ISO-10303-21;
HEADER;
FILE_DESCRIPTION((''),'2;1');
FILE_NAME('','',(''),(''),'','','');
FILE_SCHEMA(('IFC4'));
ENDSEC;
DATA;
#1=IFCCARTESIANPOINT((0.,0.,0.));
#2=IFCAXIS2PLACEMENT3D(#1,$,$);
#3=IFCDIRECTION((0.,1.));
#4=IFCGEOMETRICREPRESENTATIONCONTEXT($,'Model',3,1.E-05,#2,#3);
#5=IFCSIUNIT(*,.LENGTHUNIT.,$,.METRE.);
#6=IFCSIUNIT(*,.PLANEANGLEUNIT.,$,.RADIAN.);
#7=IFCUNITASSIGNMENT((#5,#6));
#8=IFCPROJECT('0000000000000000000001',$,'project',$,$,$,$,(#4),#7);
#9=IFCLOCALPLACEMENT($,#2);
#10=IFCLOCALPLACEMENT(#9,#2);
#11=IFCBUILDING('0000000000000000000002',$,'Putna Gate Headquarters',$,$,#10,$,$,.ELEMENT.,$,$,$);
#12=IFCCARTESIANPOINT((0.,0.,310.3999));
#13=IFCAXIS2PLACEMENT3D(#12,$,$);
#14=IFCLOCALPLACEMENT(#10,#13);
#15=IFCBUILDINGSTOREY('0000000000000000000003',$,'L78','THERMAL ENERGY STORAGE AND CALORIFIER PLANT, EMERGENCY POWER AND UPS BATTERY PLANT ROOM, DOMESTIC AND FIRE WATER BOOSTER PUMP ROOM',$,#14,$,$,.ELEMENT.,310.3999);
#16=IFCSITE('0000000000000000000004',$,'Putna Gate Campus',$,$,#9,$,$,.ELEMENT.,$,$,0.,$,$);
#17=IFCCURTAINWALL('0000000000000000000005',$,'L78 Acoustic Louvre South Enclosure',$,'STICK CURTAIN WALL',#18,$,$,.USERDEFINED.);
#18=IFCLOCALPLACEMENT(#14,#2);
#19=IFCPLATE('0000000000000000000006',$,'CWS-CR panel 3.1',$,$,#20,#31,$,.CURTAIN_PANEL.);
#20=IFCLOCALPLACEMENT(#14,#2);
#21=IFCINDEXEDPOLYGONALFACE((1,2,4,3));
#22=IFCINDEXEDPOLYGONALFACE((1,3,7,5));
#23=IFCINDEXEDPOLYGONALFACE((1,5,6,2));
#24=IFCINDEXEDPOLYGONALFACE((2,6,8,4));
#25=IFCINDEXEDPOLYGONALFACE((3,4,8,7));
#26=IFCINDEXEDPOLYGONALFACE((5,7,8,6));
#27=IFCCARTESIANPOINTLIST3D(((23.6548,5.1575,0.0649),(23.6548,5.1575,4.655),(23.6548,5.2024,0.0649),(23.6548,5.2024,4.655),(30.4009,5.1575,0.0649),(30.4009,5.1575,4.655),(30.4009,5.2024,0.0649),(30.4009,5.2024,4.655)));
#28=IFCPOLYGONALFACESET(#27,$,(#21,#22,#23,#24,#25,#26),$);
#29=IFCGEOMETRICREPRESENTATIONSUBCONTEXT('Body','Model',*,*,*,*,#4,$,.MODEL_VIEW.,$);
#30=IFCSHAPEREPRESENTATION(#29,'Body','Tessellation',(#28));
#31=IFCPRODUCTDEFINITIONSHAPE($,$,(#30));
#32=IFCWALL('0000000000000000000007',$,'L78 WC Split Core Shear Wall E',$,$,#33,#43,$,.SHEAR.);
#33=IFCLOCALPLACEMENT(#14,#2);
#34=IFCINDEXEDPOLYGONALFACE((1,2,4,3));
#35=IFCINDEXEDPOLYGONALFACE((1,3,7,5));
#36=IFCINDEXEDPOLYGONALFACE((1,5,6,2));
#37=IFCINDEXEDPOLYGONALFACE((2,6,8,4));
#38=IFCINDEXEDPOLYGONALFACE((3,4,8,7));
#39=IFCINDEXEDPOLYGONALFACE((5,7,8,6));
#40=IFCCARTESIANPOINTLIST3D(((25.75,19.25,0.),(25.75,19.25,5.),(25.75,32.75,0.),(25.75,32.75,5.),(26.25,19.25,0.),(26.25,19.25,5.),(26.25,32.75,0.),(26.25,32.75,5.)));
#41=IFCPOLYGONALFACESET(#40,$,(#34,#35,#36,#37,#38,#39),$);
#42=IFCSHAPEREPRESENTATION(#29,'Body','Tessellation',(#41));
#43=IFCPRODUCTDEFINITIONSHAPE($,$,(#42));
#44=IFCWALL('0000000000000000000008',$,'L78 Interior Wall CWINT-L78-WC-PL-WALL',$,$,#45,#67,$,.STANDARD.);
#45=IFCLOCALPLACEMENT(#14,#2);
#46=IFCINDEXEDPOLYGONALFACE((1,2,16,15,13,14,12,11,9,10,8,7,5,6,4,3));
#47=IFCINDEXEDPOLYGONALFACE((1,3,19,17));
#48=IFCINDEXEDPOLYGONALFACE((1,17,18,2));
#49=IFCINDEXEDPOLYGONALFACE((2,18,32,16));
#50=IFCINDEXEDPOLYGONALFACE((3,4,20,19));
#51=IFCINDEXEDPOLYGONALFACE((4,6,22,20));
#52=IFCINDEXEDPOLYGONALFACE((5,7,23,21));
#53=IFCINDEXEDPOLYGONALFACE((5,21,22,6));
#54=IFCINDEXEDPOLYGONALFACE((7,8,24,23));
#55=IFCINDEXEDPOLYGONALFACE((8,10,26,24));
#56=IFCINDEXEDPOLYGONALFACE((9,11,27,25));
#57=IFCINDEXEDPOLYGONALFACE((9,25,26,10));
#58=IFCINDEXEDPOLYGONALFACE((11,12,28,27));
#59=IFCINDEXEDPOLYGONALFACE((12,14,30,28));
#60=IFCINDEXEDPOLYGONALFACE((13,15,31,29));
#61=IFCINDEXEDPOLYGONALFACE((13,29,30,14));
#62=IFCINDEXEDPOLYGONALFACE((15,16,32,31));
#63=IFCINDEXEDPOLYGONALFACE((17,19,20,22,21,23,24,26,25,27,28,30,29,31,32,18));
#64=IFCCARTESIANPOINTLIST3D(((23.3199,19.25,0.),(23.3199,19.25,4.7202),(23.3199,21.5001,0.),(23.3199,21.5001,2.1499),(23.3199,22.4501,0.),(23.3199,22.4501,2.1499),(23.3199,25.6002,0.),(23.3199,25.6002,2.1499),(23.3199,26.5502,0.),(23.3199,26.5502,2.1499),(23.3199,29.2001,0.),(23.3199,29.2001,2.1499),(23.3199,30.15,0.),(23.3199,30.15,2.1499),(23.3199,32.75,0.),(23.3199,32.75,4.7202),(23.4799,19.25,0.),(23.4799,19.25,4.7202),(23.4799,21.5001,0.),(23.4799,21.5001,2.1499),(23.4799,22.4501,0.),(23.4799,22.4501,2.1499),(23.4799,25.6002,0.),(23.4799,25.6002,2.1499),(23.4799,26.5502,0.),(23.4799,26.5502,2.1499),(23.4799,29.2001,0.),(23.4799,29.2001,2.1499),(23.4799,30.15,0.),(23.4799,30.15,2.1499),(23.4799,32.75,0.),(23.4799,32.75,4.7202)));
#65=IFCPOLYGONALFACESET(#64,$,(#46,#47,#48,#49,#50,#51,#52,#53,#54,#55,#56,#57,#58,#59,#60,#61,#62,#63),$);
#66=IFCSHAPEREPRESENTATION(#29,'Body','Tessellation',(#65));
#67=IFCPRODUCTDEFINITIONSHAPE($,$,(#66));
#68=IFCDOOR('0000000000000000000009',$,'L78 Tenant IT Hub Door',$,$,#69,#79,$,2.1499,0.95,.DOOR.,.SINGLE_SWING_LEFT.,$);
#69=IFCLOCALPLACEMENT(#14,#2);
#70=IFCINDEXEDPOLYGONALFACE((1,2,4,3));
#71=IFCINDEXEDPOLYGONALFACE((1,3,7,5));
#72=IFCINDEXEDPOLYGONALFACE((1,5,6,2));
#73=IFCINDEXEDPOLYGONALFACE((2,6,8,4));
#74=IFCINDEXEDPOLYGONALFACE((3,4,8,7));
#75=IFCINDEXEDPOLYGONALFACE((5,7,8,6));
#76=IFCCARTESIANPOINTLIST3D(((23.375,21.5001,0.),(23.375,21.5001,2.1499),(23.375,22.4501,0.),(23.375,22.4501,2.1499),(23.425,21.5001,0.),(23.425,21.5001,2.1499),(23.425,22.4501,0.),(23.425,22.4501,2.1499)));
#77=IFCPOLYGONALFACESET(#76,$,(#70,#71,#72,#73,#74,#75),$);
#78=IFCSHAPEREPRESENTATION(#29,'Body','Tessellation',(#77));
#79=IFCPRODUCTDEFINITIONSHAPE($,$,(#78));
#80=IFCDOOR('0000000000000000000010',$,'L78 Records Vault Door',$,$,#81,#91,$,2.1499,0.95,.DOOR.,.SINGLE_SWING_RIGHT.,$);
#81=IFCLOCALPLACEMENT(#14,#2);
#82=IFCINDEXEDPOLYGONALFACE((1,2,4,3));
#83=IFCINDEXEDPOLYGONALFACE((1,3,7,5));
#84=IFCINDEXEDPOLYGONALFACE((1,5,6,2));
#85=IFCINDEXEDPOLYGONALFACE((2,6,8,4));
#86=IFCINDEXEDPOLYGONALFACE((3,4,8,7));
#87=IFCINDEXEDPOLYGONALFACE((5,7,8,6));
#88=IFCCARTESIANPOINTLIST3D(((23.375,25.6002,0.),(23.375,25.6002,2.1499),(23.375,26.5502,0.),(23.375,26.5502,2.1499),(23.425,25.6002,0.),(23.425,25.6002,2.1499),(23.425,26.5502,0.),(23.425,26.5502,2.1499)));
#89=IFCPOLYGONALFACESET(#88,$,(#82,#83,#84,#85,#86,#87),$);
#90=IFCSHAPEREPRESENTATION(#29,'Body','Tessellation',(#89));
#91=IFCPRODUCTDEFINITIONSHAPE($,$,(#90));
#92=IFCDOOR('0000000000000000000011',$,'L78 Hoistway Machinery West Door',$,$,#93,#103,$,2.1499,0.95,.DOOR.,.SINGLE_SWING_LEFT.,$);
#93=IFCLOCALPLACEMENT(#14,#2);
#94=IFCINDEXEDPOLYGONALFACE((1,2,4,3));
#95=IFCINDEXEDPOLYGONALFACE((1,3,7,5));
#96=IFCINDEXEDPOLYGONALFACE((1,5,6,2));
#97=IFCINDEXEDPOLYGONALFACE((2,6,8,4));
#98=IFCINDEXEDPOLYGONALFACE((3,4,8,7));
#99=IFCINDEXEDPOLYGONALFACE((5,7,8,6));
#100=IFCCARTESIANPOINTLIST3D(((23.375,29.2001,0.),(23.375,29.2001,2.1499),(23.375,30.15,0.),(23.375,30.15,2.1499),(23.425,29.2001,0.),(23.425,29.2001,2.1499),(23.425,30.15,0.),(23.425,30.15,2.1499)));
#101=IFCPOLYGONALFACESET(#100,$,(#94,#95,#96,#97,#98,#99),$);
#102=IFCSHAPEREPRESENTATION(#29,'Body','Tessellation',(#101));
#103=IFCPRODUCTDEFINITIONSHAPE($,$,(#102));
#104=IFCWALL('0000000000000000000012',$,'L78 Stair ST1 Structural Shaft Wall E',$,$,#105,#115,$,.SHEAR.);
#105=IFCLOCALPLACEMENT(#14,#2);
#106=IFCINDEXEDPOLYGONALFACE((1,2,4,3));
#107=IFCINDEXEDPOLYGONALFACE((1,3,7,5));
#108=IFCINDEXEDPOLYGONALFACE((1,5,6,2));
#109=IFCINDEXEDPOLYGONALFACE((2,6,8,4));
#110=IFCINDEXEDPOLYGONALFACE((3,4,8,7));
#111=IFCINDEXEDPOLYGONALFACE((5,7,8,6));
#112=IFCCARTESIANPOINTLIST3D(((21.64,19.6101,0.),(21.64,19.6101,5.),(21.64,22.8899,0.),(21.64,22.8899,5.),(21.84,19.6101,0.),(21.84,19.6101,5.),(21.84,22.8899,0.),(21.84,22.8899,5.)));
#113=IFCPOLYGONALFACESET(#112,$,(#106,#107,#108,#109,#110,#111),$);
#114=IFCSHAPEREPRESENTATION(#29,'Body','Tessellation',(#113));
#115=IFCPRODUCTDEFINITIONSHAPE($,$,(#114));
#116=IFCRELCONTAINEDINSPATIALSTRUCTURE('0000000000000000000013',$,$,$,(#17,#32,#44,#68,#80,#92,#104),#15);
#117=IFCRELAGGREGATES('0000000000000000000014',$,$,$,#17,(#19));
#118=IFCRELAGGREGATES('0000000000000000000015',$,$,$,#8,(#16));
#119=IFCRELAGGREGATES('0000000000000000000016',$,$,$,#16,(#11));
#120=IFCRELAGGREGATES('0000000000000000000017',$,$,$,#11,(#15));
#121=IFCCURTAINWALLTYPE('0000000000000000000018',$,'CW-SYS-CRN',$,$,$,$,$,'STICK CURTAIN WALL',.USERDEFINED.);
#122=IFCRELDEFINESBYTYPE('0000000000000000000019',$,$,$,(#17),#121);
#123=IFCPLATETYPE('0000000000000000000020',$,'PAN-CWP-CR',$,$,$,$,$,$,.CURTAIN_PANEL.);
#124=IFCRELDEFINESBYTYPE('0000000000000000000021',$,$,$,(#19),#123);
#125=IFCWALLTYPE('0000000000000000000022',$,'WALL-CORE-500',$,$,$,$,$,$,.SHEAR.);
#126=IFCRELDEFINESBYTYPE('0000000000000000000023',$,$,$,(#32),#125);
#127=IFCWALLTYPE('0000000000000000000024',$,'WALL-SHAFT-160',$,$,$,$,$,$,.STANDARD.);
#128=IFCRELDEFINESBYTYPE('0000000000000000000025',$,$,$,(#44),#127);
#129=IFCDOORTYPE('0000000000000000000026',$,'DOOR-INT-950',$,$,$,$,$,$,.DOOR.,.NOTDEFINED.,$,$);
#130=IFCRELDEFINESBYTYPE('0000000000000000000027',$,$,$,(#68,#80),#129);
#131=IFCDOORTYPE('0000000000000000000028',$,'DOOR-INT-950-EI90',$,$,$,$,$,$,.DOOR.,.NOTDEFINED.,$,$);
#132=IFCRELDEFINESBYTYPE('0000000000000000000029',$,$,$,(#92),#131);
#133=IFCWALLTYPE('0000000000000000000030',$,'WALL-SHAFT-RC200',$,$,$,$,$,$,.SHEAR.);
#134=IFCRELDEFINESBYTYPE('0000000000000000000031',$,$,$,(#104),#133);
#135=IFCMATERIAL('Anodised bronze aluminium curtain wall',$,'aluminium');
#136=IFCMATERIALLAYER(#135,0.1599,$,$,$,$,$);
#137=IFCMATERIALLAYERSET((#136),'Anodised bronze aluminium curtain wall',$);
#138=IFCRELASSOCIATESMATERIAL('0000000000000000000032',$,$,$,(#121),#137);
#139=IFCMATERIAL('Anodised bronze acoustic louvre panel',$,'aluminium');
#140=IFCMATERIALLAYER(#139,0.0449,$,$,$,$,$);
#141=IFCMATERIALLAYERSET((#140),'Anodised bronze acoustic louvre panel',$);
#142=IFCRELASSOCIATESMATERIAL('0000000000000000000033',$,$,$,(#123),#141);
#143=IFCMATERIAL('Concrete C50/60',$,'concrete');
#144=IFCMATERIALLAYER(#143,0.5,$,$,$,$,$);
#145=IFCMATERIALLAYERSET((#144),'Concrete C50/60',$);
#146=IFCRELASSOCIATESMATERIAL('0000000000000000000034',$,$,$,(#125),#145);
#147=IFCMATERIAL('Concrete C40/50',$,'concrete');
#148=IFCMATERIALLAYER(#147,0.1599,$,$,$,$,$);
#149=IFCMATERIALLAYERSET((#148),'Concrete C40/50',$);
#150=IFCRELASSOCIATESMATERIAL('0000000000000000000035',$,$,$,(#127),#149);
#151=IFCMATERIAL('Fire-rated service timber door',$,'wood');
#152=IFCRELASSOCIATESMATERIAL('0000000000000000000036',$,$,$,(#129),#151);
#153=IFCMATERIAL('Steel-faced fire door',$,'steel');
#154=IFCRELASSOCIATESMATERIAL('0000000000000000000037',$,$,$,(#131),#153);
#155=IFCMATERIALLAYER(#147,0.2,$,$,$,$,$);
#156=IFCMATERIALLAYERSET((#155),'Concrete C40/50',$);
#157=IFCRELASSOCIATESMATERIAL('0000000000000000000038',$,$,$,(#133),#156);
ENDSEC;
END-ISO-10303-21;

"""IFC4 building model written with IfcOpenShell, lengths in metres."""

from ifc_helpers import new_model, si_unit, direction, frame, frame_2d, origin, origin_2d, place, context, subcontext, project, spatial, rectangle, extrude, material, layer, layer_set, type_object, element, fill, aggregate, save


model = new_model("IFC4")

# Units and contexts
model_context = context("Model", 3, precision=1e-05, world=origin(), true_north=direction((0.0, 1.0)))
body_context = subcontext(model_context, "Body", "Model", "MODEL_VIEW")
ifc_project = project(units=[si_unit("LENGTHUNIT", "METRE"), si_unit("PLANEANGLEUNIT", "RADIAN")], contexts=[model_context])

# Site, building, storey
site_placement = place(None, origin())
site = spatial("IfcSite", under=ifc_project, at=site_placement, Name="Putna Gate Campus", CompositionType="ELEMENT", RefElevation=0.0)
building_placement = place(site_placement, origin())
building = spatial("IfcBuilding", under=site, at=building_placement, Name="Putna Gate Headquarters", CompositionType="ELEMENT")
storey_placement = place(building_placement, frame((0.0, 0.0, 310.3999)))
storey = spatial("IfcBuildingStorey", under=building, at=storey_placement, Name="L78", Description="THERMAL ENERGY STORAGE AND CALORIFIER PLANT, EMERGENCY POWER AND UPS BATTERY PLANT ROOM, DOMESTIC AND FIRE WATER BOOSTER PUMP ROOM", CompositionType="ELEMENT", Elevation=310.3999)

# Curtain wall, plate
ifc_material_1 = material(Name="Anodised bronze aluminium curtain wall", Category="aluminium")
ifc_layer_1 = layer(ifc_material_1, 0.1599)
ifc_layer_set_1 = layer_set([ifc_layer_1], Name="Anodised bronze aluminium curtain wall")
curtain_wall_type = type_object("IfcCurtainWallType", Name="CW-SYS-CRN", ElementType="STICK CURTAIN WALL", PredefinedType="USERDEFINED", material=ifc_layer_set_1)
curtain_wall_placement = place(storey_placement, origin())
curtain_wall = element("IfcCurtainWall", 1, at=curtain_wall_placement, inside=storey, type_object=curtain_wall_type, Name="L78 Acoustic Louvre South Enclosure", ObjectType="STICK CURTAIN WALL", PredefinedType="USERDEFINED")
ifc_material_2 = material(Name="Anodised bronze acoustic louvre panel", Category="aluminium")
ifc_layer_2 = layer(ifc_material_2, 0.0449)
ifc_layer_set_2 = layer_set([ifc_layer_2], Name="Anodised bronze acoustic louvre panel")
plate_type = type_object("IfcPlateType", Name="PAN-CWP-CR", PredefinedType="CURTAIN_PANEL", material=ifc_layer_set_2)
plate_1_placement = place(storey_placement, frame((27.0278, 5.1799, 0.0649), z_axis=(0.0, 0.0, 1.0), x_axis=(1.0, 0.0, 0.0)))
plate_1 = element("IfcPlate", 2, at=plate_1_placement, type_object=plate_type, Name="CWS-CR panel 3.1", PredefinedType="CURTAIN_PANEL", context=body_context, shape_type="SweptSolid", body=[
    extrude(rectangle(XDim=6.7461, YDim=0.0449, at=origin_2d()), origin(), (0.0, 0.0, 1.0), 4.5901),
])
aggregate(curtain_wall, [plate_1])

# Wall
ifc_material_3 = material(Name="Concrete C50/60", Category="concrete")
ifc_layer_3 = layer(ifc_material_3, 0.5)
ifc_layer_set_3 = layer_set([ifc_layer_3], Name="Concrete C50/60")
wall_type_1 = type_object("IfcWallType", Name="WALL-CORE-500", PredefinedType="SHEAR", material=ifc_layer_set_3)
wall_1_placement = place(storey_placement, frame((26.0, 19.25, 0.0), z_axis=(0.0, 0.0, 1.0), x_axis=(0.0, 1.0, 0.0)))
element("IfcWall", 3, at=wall_1_placement, inside=storey, type_object=wall_type_1, Name="L78 WC Split Core Shear Wall E", PredefinedType="SHEAR", context=body_context, shape_type="SweptSolid", body=[
    extrude(rectangle(XDim=13.5, YDim=0.5, at=frame_2d((6.75, 0.0))), origin(), (0.0, 0.0, 1.0), 5.0),
])

# Wall, openings, doors
ifc_material_4 = material(Name="Concrete C40/50", Category="concrete")
ifc_layer_4 = layer(ifc_material_4, 0.1599)
ifc_layer_set_4 = layer_set([ifc_layer_4], Name="Concrete C40/50")
wall_type_2 = type_object("IfcWallType", Name="WALL-SHAFT-160", PredefinedType="STANDARD", material=ifc_layer_set_4)
wall_2_placement = place(storey_placement, frame((23.3999, 19.25, 0.0), z_axis=(0.0, 0.0, 1.0), x_axis=(0.0, 1.0, 0.0)))
wall_2 = element("IfcWall", 4, at=wall_2_placement, inside=storey, type_object=wall_type_2, Name="L78 Interior Wall CWINT-L78-WC-PL-WALL", PredefinedType="STANDARD", context=body_context, shape_type="SweptSolid", body=[
    extrude(rectangle(XDim=13.5, YDim=0.1599, at=frame_2d((6.75, 0.0))), origin(), (0.0, 0.0, 1.0), 4.7202),
])
opening_1_placement = place(wall_2_placement, frame((2.25, 0.0, 0.0)))
opening_1 = element("IfcOpeningElement", 5, at=opening_1_placement, cuts=wall_2, PredefinedType="OPENING", context=body_context, shape_type="SweptSolid", body=[
    extrude(rectangle(XDim=0.95, YDim=2.1499, at=frame_2d((0.4751, 1.075))), frame((0.0, 0.0898, 0.0), z_axis=(0.0, -1.0, 0.0), x_axis=(1.0, 0.0, 0.0)), (0.0, 0.0, 1.0), 0.1799),
])
opening_2_placement = place(wall_2_placement, frame((6.3501, 0.0, 0.0)))
opening_2 = element("IfcOpeningElement", 6, at=opening_2_placement, cuts=wall_2, PredefinedType="OPENING", context=body_context, shape_type="SweptSolid", body=[
    extrude(rectangle(XDim=0.95, YDim=2.1499, at=frame_2d((0.4751, 1.075))), frame((0.0, 0.0898, 0.0), z_axis=(0.0, -1.0, 0.0), x_axis=(1.0, 0.0, 0.0)), (0.0, 0.0, 1.0), 0.1799),
])
opening_3_placement = place(wall_2_placement, frame((9.95, 0.0, 0.0)))
opening_3 = element("IfcOpeningElement", 7, at=opening_3_placement, cuts=wall_2, PredefinedType="OPENING", context=body_context, shape_type="SweptSolid", body=[
    extrude(rectangle(XDim=0.95, YDim=2.1499, at=frame_2d((0.4751, 1.075))), frame((0.0, 0.0898, 0.0), z_axis=(0.0, -1.0, 0.0), x_axis=(1.0, 0.0, 0.0)), (0.0, 0.0, 1.0), 0.1799),
])
ifc_material_5 = material(Name="Fire-rated service timber door", Category="wood")
door_type_1 = type_object("IfcDoorType", Name="DOOR-INT-950", OperationType="NOTDEFINED", PredefinedType="DOOR", material=ifc_material_5)
door_1_placement = place(opening_1_placement, origin())
door_1 = element("IfcDoor", 8, at=door_1_placement, inside=storey, type_object=door_type_1, Name="L78 Tenant IT Hub Door", OperationType="SINGLE_SWING_LEFT", OverallHeight=2.1499, OverallWidth=0.95, PredefinedType="DOOR", context=body_context, shape_type="SweptSolid", body=[
    extrude(rectangle(XDim=0.95, YDim=2.1499, at=frame_2d((0.4751, 1.075))), frame((0.0, 0.0249, 0.0), z_axis=(0.0, -1.0, 0.0), x_axis=(1.0, 0.0, 0.0)), (0.0, 0.0, 1.0), 0.05),
])
fill(opening_1, door_1)
door_2_placement = place(opening_2_placement, origin())
door_2 = element("IfcDoor", 9, at=door_2_placement, inside=storey, type_object=door_type_1, Name="L78 Records Vault Door", OperationType="SINGLE_SWING_RIGHT", OverallHeight=2.1499, OverallWidth=0.95, PredefinedType="DOOR", context=body_context, shape_type="SweptSolid", body=[
    extrude(rectangle(XDim=0.95, YDim=2.1499, at=frame_2d((0.4751, 1.075))), frame((0.0, 0.0249, 0.0), z_axis=(0.0, -1.0, 0.0), x_axis=(1.0, 0.0, 0.0)), (0.0, 0.0, 1.0), 0.05),
])
fill(opening_2, door_2)
ifc_material_6 = material(Name="Steel-faced fire door", Category="steel")
door_type_2 = type_object("IfcDoorType", Name="DOOR-INT-950-EI90", OperationType="NOTDEFINED", PredefinedType="DOOR", material=ifc_material_6)
door_3_placement = place(opening_3_placement, origin())
door_3 = element("IfcDoor", 10, at=door_3_placement, inside=storey, type_object=door_type_2, Name="L78 Hoistway Machinery West Door", OperationType="SINGLE_SWING_LEFT", OverallHeight=2.1499, OverallWidth=0.95, PredefinedType="DOOR", context=body_context, shape_type="SweptSolid", body=[
    extrude(rectangle(XDim=0.95, YDim=2.1499, at=frame_2d((0.4751, 1.075))), frame((0.0, 0.0249, 0.0), z_axis=(0.0, -1.0, 0.0), x_axis=(1.0, 0.0, 0.0)), (0.0, 0.0, 1.0), 0.05),
])
fill(opening_3, door_3)

# Wall
ifc_layer_5 = layer(ifc_material_4, 0.2)
ifc_layer_set_5 = layer_set([ifc_layer_5], Name="Concrete C40/50")
wall_type_3 = type_object("IfcWallType", Name="WALL-SHAFT-RC200", PredefinedType="SHEAR", material=ifc_layer_set_5)
wall_3_placement = place(storey_placement, frame((21.74, 19.6101, 0.0), z_axis=(0.0, 0.0, 1.0), x_axis=(0.0, 1.0, 0.0)))
element("IfcWall", 11, at=wall_3_placement, inside=storey, type_object=wall_type_3, Name="L78 Stair ST1 Structural Shaft Wall E", PredefinedType="SHEAR", context=body_context, shape_type="SweptSolid", body=[
    extrude(rectangle(XDim=3.2798, YDim=0.2, at=frame_2d((1.6399, 0.0))), origin(), (0.0, 0.0, 1.0), 5.0),
])

save(model, "model.ifc")
